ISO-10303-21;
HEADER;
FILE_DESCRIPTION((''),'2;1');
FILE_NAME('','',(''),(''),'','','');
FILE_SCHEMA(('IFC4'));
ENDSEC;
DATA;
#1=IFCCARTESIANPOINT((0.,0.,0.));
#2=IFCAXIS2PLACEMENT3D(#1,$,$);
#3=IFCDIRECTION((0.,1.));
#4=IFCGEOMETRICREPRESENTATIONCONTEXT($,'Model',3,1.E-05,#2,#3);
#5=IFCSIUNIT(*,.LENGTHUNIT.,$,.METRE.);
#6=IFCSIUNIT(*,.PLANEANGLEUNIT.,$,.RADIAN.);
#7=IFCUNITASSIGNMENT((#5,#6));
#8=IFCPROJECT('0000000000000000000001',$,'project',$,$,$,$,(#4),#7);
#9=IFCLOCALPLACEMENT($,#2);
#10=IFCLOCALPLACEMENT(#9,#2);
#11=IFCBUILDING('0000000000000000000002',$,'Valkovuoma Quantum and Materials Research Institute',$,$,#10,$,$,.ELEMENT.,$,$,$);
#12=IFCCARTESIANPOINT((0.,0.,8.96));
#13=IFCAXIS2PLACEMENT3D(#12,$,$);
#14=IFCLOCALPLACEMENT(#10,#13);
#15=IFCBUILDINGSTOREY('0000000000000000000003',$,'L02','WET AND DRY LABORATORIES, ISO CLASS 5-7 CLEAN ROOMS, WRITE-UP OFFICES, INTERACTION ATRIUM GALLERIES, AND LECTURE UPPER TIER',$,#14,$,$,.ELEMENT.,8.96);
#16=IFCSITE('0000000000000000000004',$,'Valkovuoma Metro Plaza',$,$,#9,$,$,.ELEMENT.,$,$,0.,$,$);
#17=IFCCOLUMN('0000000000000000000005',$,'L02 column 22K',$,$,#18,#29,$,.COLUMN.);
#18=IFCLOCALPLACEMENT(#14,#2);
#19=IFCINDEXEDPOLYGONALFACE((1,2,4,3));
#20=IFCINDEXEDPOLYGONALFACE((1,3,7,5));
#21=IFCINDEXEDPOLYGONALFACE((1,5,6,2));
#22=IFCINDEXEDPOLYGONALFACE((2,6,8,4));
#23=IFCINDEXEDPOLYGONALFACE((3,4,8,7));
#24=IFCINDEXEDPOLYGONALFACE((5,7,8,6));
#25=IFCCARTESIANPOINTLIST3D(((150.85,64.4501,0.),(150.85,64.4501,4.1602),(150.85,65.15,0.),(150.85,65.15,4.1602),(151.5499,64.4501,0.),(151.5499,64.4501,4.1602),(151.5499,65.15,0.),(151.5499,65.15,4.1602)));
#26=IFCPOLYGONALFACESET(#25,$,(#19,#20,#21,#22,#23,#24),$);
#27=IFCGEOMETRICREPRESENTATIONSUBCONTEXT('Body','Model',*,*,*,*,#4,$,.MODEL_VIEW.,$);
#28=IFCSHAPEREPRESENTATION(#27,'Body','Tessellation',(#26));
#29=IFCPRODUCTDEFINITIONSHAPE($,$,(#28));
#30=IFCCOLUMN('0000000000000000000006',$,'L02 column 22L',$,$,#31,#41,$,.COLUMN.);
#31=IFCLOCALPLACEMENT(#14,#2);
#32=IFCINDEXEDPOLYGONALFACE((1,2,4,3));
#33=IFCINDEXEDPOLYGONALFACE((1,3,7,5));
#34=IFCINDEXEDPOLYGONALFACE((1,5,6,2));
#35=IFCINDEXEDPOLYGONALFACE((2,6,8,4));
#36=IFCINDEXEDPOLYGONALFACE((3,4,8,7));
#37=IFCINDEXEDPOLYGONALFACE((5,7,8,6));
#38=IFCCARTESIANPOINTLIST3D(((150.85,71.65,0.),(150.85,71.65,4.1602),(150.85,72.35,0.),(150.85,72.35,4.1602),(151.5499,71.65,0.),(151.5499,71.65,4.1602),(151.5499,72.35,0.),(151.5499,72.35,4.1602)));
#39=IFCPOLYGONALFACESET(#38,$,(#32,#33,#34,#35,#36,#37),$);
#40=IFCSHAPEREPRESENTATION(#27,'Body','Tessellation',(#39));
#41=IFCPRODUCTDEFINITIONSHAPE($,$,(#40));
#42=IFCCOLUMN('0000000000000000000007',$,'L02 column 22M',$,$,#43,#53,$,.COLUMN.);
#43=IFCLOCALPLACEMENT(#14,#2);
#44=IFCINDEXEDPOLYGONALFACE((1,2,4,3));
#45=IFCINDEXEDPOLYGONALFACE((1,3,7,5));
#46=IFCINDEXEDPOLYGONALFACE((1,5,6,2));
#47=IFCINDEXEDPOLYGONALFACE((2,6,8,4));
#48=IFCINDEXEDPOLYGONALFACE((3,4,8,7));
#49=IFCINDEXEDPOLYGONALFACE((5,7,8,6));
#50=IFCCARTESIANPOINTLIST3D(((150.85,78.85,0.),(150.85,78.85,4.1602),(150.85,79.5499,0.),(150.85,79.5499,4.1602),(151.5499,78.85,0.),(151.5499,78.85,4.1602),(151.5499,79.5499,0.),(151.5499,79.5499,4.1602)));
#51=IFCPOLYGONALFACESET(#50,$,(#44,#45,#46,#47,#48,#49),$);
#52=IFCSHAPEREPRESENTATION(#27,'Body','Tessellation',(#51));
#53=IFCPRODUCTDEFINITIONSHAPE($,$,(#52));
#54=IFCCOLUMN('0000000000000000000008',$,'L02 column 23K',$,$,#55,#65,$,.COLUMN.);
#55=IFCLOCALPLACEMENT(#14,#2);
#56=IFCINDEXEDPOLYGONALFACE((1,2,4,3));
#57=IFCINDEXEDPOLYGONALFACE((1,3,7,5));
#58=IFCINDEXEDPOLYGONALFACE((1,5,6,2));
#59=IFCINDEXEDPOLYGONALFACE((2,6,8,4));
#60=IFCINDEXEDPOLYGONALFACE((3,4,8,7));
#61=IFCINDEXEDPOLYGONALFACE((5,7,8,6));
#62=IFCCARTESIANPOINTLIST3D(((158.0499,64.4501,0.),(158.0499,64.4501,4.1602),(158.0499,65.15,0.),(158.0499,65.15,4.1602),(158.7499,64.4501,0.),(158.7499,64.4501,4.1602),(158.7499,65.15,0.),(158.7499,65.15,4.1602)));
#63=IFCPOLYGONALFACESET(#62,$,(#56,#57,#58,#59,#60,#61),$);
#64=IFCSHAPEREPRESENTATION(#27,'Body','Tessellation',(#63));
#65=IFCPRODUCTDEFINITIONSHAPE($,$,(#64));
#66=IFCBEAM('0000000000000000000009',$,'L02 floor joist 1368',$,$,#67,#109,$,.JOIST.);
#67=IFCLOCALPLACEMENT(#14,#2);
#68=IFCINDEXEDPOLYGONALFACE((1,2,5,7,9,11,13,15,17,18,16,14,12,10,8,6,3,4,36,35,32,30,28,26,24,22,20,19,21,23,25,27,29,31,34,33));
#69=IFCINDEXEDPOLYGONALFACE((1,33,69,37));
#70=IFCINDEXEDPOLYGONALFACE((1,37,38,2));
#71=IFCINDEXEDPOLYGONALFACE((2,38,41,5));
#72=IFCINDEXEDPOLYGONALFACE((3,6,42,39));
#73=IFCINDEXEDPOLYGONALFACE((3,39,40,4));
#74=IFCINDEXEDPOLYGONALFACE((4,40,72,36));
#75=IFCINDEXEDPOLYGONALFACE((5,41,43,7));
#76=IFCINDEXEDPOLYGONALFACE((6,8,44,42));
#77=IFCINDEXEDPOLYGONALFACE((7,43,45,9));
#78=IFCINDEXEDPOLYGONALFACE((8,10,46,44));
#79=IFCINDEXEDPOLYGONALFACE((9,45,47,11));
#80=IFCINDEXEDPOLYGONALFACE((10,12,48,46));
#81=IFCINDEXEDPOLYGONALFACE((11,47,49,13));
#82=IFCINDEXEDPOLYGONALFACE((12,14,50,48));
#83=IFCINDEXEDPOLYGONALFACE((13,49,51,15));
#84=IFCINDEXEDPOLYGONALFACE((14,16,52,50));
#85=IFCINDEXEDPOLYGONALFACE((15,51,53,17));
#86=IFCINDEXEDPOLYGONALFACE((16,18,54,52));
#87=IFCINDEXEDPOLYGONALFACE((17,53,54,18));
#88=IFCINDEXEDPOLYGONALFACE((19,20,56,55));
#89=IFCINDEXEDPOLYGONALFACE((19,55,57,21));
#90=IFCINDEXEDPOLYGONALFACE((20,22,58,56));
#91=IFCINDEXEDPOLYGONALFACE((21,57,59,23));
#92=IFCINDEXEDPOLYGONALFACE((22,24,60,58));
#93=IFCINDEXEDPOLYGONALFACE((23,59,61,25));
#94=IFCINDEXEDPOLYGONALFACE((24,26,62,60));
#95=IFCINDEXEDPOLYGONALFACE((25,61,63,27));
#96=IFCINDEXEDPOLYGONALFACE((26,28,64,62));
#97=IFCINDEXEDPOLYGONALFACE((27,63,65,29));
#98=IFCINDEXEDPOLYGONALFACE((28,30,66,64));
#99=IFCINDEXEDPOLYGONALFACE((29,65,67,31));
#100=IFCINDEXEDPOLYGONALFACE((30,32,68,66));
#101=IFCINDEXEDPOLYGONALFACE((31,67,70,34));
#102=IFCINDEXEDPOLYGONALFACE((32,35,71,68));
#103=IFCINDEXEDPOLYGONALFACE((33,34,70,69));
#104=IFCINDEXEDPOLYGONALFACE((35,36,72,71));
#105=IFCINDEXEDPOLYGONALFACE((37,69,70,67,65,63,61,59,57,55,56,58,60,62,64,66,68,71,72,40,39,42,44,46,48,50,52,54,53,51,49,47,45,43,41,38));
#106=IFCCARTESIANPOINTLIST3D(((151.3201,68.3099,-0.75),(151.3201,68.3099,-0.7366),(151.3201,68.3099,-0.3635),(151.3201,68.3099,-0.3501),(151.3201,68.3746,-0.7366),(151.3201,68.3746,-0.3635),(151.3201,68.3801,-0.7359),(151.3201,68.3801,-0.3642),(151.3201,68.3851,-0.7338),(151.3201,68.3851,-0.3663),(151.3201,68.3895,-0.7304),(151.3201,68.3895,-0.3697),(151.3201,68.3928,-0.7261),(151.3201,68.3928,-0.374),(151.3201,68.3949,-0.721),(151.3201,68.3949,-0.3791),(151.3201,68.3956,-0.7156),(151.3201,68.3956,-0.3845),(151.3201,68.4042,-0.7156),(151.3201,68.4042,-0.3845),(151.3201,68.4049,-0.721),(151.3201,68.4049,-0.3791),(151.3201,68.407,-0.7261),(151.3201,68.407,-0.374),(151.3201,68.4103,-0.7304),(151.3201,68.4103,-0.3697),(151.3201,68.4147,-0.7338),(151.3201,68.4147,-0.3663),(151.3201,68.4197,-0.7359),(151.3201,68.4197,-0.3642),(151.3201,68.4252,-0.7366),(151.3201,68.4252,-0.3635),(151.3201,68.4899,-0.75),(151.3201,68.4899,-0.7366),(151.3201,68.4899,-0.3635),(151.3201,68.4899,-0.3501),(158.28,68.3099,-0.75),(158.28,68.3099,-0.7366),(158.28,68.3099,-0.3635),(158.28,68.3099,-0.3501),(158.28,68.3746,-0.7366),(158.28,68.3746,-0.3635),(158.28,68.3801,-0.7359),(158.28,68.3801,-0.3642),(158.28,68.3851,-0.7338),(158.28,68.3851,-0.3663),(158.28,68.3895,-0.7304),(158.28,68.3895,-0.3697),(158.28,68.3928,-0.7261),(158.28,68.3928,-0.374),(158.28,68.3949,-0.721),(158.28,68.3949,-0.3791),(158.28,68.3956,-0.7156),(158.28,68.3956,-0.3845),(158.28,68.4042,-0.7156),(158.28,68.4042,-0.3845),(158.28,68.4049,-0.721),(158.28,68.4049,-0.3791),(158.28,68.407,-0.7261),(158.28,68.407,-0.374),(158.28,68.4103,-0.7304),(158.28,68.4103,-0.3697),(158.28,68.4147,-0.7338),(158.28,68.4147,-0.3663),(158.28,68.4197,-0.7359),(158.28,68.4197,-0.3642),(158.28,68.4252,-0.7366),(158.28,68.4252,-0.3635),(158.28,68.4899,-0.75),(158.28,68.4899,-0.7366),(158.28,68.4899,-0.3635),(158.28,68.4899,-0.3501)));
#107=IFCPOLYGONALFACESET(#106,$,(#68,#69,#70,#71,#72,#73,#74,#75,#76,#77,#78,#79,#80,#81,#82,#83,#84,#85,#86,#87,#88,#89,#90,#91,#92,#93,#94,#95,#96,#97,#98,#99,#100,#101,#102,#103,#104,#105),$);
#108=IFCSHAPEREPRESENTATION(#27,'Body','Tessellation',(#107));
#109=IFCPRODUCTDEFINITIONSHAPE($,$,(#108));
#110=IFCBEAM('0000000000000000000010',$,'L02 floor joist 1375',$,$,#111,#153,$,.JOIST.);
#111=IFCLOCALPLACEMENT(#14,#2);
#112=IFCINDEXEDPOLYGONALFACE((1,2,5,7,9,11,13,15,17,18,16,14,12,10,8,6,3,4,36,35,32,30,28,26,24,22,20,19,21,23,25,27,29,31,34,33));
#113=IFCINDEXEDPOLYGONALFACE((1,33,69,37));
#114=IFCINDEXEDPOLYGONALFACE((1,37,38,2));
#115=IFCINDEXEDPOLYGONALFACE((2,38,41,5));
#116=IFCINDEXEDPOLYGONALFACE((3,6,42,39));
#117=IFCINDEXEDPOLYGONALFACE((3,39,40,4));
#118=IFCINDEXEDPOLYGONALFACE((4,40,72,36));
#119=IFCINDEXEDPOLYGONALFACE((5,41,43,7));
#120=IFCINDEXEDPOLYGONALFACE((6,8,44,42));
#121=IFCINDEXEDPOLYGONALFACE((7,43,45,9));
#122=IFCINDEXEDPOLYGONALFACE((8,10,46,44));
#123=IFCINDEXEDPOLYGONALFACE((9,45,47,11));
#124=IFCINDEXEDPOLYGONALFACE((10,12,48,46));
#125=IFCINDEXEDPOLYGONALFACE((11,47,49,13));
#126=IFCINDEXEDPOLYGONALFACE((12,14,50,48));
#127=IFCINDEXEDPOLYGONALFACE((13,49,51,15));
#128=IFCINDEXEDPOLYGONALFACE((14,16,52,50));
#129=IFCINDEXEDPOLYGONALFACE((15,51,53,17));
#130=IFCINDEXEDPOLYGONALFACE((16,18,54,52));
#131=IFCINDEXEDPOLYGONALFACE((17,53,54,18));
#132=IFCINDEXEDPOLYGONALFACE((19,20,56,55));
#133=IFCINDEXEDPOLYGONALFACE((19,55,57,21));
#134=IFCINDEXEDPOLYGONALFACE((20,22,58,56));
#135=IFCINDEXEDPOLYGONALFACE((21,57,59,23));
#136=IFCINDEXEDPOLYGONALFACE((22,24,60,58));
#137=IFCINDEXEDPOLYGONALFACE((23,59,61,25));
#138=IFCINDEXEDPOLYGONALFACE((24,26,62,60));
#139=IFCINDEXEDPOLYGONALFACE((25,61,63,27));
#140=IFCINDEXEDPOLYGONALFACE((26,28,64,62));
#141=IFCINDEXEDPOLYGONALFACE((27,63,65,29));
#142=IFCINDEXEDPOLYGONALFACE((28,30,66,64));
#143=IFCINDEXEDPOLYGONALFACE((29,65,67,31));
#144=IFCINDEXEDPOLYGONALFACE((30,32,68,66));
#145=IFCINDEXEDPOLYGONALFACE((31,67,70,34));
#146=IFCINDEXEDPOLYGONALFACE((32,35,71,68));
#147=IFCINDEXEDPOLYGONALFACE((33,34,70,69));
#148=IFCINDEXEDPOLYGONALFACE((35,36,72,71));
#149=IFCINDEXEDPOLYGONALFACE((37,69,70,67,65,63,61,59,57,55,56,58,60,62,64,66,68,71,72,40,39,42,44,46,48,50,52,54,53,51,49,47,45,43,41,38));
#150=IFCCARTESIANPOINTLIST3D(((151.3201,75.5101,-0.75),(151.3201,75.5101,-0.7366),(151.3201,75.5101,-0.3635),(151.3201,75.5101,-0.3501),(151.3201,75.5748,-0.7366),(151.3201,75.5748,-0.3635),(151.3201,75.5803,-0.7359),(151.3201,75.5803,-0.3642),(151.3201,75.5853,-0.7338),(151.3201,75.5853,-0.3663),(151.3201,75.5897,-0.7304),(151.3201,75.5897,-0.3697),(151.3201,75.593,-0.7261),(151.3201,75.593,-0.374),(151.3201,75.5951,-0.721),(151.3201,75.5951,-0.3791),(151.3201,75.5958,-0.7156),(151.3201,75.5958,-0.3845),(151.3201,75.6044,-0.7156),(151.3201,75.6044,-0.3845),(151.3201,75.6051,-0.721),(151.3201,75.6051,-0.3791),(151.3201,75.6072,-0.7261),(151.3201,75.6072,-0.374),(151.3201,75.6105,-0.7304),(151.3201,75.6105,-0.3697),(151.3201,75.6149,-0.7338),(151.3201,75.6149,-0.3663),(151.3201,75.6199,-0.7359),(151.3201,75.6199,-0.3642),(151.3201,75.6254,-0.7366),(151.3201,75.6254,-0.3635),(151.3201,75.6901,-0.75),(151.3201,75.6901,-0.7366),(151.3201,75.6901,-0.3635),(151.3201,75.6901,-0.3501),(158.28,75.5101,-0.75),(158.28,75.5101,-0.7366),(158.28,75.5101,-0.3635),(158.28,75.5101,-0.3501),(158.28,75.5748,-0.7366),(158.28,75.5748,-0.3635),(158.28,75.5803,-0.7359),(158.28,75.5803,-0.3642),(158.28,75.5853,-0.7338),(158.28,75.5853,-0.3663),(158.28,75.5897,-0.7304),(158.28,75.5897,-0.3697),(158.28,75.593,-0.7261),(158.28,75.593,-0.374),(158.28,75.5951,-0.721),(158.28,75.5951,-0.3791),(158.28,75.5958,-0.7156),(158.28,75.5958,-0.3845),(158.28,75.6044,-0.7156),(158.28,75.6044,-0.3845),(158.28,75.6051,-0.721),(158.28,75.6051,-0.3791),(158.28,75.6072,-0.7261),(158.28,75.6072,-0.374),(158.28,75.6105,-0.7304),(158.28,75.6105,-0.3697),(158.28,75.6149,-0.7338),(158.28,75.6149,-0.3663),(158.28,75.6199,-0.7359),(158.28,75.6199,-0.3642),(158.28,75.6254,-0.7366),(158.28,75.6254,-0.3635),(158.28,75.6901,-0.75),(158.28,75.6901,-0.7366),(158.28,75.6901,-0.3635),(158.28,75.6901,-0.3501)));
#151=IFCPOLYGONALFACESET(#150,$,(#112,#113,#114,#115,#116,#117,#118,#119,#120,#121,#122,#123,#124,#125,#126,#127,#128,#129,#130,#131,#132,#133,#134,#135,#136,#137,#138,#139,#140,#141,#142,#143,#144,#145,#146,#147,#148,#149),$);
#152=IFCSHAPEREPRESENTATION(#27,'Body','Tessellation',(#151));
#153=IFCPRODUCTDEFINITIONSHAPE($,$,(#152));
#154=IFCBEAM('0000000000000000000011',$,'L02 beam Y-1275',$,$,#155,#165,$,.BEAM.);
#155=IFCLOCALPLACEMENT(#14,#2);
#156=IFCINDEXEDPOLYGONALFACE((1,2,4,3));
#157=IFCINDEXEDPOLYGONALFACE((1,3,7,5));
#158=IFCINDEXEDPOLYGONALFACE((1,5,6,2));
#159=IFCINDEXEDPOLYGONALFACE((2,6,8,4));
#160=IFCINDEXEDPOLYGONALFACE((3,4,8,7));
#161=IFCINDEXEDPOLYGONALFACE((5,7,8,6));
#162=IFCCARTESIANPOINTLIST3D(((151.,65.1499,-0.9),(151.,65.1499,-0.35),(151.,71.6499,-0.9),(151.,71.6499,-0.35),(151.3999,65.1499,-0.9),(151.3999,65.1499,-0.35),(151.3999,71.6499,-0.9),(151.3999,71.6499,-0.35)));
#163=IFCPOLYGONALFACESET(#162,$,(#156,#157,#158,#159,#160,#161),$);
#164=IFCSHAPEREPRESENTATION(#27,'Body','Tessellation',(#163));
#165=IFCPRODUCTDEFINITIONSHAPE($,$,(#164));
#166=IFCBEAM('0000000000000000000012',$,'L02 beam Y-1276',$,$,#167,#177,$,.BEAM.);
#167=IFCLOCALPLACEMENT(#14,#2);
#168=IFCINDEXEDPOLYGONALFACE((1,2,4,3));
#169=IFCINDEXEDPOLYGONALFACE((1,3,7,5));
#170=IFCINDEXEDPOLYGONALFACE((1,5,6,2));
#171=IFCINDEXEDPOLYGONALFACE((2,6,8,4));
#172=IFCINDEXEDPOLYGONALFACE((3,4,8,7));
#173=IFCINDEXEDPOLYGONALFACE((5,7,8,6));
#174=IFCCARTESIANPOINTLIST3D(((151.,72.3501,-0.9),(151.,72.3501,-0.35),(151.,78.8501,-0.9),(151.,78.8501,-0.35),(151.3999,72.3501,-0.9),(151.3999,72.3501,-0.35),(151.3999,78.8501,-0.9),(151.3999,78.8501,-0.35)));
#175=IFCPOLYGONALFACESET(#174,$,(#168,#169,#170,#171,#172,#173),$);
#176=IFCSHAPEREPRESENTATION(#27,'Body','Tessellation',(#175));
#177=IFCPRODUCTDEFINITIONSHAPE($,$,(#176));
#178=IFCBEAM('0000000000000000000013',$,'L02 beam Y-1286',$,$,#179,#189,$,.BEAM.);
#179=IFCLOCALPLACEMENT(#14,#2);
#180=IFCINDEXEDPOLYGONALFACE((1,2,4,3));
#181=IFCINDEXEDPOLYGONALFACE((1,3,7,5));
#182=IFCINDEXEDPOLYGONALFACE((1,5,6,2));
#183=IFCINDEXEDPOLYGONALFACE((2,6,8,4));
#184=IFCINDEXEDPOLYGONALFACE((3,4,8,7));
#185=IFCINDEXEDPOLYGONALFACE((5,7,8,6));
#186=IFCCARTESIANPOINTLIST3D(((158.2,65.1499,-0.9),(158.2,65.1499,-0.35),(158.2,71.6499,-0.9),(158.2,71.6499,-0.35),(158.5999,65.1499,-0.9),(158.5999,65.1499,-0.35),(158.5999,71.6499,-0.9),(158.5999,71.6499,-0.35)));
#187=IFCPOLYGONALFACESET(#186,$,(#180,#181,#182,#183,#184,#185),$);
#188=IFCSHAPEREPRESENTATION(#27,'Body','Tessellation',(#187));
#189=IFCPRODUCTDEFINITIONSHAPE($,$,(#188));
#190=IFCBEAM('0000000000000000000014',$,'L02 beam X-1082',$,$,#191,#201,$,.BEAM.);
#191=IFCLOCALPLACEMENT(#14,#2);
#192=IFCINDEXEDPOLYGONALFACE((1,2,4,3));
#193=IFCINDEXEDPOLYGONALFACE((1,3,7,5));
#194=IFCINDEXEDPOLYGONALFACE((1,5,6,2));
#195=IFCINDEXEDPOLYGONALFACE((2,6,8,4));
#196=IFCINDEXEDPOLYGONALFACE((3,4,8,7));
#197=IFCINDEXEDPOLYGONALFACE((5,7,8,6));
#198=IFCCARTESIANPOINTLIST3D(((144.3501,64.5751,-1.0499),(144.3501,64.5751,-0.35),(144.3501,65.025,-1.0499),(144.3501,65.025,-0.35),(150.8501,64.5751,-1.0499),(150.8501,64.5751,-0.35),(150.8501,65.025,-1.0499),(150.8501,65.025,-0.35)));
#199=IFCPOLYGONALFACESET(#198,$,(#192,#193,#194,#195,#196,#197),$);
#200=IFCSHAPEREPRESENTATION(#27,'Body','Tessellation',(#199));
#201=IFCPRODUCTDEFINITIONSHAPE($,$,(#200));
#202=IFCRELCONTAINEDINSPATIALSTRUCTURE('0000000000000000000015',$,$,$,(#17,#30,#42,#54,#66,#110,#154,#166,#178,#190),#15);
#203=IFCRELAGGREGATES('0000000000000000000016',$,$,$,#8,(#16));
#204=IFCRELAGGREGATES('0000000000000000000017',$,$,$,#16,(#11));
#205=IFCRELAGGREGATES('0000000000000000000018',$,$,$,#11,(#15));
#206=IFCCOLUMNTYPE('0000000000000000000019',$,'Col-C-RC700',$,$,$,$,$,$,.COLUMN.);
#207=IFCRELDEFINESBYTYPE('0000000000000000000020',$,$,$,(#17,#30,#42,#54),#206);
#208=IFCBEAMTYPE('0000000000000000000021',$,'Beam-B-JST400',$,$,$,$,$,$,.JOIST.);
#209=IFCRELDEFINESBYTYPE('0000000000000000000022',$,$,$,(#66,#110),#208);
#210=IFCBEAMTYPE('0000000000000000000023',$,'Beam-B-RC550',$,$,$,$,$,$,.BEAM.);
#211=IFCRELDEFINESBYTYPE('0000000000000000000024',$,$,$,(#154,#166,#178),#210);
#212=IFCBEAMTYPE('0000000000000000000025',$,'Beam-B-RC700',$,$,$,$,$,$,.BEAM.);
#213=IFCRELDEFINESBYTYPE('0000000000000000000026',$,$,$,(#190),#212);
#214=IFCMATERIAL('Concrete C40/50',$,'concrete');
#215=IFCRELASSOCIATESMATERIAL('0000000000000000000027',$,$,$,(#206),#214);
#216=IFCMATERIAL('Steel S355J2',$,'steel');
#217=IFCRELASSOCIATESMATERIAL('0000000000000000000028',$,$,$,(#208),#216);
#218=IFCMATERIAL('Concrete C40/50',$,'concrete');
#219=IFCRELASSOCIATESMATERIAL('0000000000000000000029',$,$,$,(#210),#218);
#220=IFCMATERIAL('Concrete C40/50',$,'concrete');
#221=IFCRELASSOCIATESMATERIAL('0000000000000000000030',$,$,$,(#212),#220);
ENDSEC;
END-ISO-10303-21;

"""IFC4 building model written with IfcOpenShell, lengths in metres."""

from ifc_helpers import new_model, si_unit, direction, frame, origin, origin_2d, place, context, subcontext, project, spatial, rectangle, i_section, extrude, material, material_profile, profile_set, type_object, element, save


model = new_model("IFC4")

# Units and contexts
model_context = context("Model", 3, precision=1e-05, world=origin(), true_north=direction((0.0, 1.0)))
body_context = subcontext(model_context, "Body", "Model", "MODEL_VIEW")
ifc_project = project(units=[si_unit("LENGTHUNIT", "METRE"), si_unit("PLANEANGLEUNIT", "RADIAN")], contexts=[model_context])

# Site, building, storey
site_placement = place(None, origin())
site = spatial("IfcSite", under=ifc_project, at=site_placement, Name="Valkovuoma Metro Plaza", CompositionType="ELEMENT", RefElevation=0.0)
building_placement = place(site_placement, origin())
building = spatial("IfcBuilding", under=site, at=building_placement, Name="Valkovuoma Quantum and Materials Research Institute", CompositionType="ELEMENT")
storey_placement = place(building_placement, frame((0.0, 0.0, 8.96)))
storey = spatial("IfcBuildingStorey", under=building, at=storey_placement, Name="L02", Description="WET AND DRY LABORATORIES, ISO CLASS 5-7 CLEAN ROOMS, WRITE-UP OFFICES, INTERACTION ATRIUM GALLERIES, AND LECTURE UPPER TIER", CompositionType="ELEMENT", Elevation=8.96)

# Columns
ifc_material_1 = material(Name="Concrete C40/50", Category="concrete")
ifc_material_profile_1 = material_profile(ifc_material_1, rectangle(XDim=0.7, YDim=0.7, at=origin_2d()), Name="Concrete C40/50")
ifc_profile_set_1 = profile_set([ifc_material_profile_1], Name="Concrete C40/50")
column_type = type_object("IfcColumnType", Name="Col-C-RC700", PredefinedType="COLUMN", material=ifc_profile_set_1)
for number, where, z_axis, x_axis, name in (
    (1, (151.2, 64.8, 0.0), (0.0, 0.0, 1.0), (1.0, 0.0, 0.0), "L02 column 22K"),
    (2, (151.2, 72.0, 0.0), (0.0, 0.0, 1.0), (1.0, 0.0, 0.0), "L02 column 22L"),
    (3, (151.2, 79.2, 0.0), (0.0, 0.0, 1.0), (1.0, 0.0, 0.0), "L02 column 22M"),
    (4, (158.3999, 64.8, 0.0), (0.0, 0.0, 1.0), (1.0, 0.0, 0.0), "L02 column 23K"),
):
    element("IfcColumn", number, at=place(storey_placement, frame(where, z_axis=z_axis, x_axis=x_axis)), inside=storey, type_object=column_type, Name=name, PredefinedType="COLUMN", context=body_context, shape_type="SweptSolid", body=[
        extrude(rectangle(XDim=0.7, YDim=0.7, at=origin_2d()), origin(), (0.0, 0.0, 1.0), 4.1602),
    ])

# Beams
ifc_material_2 = material(Name="Steel S355J2", Category="steel")
ifc_material_profile_2 = material_profile(ifc_material_2, i_section(OverallWidth=0.1799, OverallDepth=0.3999, WebThickness=0.0085, FlangeThickness=0.0134, FilletRadius=0.021, at=origin_2d()), Name="Steel S355J2")
ifc_profile_set_2 = profile_set([ifc_material_profile_2], Name="Steel S355J2")
beam_type_1 = type_object("IfcBeamType", Name="Beam-B-JST400", PredefinedType="JOIST", material=ifc_profile_set_2)
for number, where, z_axis, x_axis, name in (
    (5, (151.3201, 68.3999, -0.55), (1.0, 0.0, 0.0), (0.0, 1.0, 0.0), "L02 floor joist 1368"),
    (6, (151.3201, 75.6001, -0.55), (1.0, 0.0, 0.0), (0.0, 1.0, 0.0), "L02 floor joist 1375"),
):
    element("IfcBeam", number, at=place(storey_placement, frame(where, z_axis=z_axis, x_axis=x_axis)), inside=storey, type_object=beam_type_1, Name=name, PredefinedType="JOIST", context=body_context, shape_type="SweptSolid", body=[
        extrude(i_section(OverallWidth=0.1799, OverallDepth=0.3999, WebThickness=0.0085, FlangeThickness=0.0134, FilletRadius=0.021, at=origin_2d()), origin(), (0.0, 0.0, 1.0), 6.96),
    ])
ifc_material_3 = material(Name="Concrete C40/50", Category="concrete")
ifc_material_profile_3 = material_profile(ifc_material_3, rectangle(XDim=0.3999, YDim=0.55, at=origin_2d()), Name="Concrete C40/50")
ifc_profile_set_3 = profile_set([ifc_material_profile_3], Name="Concrete C40/50")
beam_type_2 = type_object("IfcBeamType", Name="Beam-B-RC550", PredefinedType="BEAM", material=ifc_profile_set_3)
for number, where, z_axis, x_axis, name in (
    (7, (151.2, 65.1499, -0.625), (0.0, 1.0, 0.0), (-1.0, 0.0, 0.0), "L02 beam Y-1275"),
    (8, (151.2, 72.3501, -0.625), (0.0, 1.0, 0.0), (-1.0, 0.0, 0.0), "L02 beam Y-1276"),
    (9, (158.3999, 65.1499, -0.625), (0.0, 1.0, 0.0), (-1.0, 0.0, 0.0), "L02 beam Y-1286"),
):
    element("IfcBeam", number, at=place(storey_placement, frame(where, z_axis=z_axis, x_axis=x_axis)), inside=storey, type_object=beam_type_2, Name=name, PredefinedType="BEAM", context=body_context, shape_type="SweptSolid", body=[
        extrude(rectangle(XDim=0.3999, YDim=0.55, at=origin_2d()), origin(), (0.0, 0.0, 1.0), 6.5),
    ])
ifc_material_4 = material(Name="Concrete C40/50", Category="concrete")
ifc_material_profile_4 = material_profile(ifc_material_4, rectangle(XDim=0.45, YDim=0.7, at=origin_2d()), Name="Concrete C40/50")
ifc_profile_set_4 = profile_set([ifc_material_profile_4], Name="Concrete C40/50")
beam_type_3 = type_object("IfcBeamType", Name="Beam-B-RC700", PredefinedType="BEAM", material=ifc_profile_set_4)
for number, where, z_axis, x_axis, name in (
    (10, (144.3501, 64.8, -0.7), (1.0, 0.0, 0.0), (0.0, 1.0, 0.0), "L02 beam X-1082"),
):
    element("IfcBeam", number, at=place(storey_placement, frame(where, z_axis=z_axis, x_axis=x_axis)), inside=storey, type_object=beam_type_3, Name=name, PredefinedType="BEAM", context=body_context, shape_type="SweptSolid", body=[
        extrude(rectangle(XDim=0.45, YDim=0.7, at=origin_2d()), origin(), (0.0, 0.0, 1.0), 6.5),
    ])

save(model, "model.ifc")
